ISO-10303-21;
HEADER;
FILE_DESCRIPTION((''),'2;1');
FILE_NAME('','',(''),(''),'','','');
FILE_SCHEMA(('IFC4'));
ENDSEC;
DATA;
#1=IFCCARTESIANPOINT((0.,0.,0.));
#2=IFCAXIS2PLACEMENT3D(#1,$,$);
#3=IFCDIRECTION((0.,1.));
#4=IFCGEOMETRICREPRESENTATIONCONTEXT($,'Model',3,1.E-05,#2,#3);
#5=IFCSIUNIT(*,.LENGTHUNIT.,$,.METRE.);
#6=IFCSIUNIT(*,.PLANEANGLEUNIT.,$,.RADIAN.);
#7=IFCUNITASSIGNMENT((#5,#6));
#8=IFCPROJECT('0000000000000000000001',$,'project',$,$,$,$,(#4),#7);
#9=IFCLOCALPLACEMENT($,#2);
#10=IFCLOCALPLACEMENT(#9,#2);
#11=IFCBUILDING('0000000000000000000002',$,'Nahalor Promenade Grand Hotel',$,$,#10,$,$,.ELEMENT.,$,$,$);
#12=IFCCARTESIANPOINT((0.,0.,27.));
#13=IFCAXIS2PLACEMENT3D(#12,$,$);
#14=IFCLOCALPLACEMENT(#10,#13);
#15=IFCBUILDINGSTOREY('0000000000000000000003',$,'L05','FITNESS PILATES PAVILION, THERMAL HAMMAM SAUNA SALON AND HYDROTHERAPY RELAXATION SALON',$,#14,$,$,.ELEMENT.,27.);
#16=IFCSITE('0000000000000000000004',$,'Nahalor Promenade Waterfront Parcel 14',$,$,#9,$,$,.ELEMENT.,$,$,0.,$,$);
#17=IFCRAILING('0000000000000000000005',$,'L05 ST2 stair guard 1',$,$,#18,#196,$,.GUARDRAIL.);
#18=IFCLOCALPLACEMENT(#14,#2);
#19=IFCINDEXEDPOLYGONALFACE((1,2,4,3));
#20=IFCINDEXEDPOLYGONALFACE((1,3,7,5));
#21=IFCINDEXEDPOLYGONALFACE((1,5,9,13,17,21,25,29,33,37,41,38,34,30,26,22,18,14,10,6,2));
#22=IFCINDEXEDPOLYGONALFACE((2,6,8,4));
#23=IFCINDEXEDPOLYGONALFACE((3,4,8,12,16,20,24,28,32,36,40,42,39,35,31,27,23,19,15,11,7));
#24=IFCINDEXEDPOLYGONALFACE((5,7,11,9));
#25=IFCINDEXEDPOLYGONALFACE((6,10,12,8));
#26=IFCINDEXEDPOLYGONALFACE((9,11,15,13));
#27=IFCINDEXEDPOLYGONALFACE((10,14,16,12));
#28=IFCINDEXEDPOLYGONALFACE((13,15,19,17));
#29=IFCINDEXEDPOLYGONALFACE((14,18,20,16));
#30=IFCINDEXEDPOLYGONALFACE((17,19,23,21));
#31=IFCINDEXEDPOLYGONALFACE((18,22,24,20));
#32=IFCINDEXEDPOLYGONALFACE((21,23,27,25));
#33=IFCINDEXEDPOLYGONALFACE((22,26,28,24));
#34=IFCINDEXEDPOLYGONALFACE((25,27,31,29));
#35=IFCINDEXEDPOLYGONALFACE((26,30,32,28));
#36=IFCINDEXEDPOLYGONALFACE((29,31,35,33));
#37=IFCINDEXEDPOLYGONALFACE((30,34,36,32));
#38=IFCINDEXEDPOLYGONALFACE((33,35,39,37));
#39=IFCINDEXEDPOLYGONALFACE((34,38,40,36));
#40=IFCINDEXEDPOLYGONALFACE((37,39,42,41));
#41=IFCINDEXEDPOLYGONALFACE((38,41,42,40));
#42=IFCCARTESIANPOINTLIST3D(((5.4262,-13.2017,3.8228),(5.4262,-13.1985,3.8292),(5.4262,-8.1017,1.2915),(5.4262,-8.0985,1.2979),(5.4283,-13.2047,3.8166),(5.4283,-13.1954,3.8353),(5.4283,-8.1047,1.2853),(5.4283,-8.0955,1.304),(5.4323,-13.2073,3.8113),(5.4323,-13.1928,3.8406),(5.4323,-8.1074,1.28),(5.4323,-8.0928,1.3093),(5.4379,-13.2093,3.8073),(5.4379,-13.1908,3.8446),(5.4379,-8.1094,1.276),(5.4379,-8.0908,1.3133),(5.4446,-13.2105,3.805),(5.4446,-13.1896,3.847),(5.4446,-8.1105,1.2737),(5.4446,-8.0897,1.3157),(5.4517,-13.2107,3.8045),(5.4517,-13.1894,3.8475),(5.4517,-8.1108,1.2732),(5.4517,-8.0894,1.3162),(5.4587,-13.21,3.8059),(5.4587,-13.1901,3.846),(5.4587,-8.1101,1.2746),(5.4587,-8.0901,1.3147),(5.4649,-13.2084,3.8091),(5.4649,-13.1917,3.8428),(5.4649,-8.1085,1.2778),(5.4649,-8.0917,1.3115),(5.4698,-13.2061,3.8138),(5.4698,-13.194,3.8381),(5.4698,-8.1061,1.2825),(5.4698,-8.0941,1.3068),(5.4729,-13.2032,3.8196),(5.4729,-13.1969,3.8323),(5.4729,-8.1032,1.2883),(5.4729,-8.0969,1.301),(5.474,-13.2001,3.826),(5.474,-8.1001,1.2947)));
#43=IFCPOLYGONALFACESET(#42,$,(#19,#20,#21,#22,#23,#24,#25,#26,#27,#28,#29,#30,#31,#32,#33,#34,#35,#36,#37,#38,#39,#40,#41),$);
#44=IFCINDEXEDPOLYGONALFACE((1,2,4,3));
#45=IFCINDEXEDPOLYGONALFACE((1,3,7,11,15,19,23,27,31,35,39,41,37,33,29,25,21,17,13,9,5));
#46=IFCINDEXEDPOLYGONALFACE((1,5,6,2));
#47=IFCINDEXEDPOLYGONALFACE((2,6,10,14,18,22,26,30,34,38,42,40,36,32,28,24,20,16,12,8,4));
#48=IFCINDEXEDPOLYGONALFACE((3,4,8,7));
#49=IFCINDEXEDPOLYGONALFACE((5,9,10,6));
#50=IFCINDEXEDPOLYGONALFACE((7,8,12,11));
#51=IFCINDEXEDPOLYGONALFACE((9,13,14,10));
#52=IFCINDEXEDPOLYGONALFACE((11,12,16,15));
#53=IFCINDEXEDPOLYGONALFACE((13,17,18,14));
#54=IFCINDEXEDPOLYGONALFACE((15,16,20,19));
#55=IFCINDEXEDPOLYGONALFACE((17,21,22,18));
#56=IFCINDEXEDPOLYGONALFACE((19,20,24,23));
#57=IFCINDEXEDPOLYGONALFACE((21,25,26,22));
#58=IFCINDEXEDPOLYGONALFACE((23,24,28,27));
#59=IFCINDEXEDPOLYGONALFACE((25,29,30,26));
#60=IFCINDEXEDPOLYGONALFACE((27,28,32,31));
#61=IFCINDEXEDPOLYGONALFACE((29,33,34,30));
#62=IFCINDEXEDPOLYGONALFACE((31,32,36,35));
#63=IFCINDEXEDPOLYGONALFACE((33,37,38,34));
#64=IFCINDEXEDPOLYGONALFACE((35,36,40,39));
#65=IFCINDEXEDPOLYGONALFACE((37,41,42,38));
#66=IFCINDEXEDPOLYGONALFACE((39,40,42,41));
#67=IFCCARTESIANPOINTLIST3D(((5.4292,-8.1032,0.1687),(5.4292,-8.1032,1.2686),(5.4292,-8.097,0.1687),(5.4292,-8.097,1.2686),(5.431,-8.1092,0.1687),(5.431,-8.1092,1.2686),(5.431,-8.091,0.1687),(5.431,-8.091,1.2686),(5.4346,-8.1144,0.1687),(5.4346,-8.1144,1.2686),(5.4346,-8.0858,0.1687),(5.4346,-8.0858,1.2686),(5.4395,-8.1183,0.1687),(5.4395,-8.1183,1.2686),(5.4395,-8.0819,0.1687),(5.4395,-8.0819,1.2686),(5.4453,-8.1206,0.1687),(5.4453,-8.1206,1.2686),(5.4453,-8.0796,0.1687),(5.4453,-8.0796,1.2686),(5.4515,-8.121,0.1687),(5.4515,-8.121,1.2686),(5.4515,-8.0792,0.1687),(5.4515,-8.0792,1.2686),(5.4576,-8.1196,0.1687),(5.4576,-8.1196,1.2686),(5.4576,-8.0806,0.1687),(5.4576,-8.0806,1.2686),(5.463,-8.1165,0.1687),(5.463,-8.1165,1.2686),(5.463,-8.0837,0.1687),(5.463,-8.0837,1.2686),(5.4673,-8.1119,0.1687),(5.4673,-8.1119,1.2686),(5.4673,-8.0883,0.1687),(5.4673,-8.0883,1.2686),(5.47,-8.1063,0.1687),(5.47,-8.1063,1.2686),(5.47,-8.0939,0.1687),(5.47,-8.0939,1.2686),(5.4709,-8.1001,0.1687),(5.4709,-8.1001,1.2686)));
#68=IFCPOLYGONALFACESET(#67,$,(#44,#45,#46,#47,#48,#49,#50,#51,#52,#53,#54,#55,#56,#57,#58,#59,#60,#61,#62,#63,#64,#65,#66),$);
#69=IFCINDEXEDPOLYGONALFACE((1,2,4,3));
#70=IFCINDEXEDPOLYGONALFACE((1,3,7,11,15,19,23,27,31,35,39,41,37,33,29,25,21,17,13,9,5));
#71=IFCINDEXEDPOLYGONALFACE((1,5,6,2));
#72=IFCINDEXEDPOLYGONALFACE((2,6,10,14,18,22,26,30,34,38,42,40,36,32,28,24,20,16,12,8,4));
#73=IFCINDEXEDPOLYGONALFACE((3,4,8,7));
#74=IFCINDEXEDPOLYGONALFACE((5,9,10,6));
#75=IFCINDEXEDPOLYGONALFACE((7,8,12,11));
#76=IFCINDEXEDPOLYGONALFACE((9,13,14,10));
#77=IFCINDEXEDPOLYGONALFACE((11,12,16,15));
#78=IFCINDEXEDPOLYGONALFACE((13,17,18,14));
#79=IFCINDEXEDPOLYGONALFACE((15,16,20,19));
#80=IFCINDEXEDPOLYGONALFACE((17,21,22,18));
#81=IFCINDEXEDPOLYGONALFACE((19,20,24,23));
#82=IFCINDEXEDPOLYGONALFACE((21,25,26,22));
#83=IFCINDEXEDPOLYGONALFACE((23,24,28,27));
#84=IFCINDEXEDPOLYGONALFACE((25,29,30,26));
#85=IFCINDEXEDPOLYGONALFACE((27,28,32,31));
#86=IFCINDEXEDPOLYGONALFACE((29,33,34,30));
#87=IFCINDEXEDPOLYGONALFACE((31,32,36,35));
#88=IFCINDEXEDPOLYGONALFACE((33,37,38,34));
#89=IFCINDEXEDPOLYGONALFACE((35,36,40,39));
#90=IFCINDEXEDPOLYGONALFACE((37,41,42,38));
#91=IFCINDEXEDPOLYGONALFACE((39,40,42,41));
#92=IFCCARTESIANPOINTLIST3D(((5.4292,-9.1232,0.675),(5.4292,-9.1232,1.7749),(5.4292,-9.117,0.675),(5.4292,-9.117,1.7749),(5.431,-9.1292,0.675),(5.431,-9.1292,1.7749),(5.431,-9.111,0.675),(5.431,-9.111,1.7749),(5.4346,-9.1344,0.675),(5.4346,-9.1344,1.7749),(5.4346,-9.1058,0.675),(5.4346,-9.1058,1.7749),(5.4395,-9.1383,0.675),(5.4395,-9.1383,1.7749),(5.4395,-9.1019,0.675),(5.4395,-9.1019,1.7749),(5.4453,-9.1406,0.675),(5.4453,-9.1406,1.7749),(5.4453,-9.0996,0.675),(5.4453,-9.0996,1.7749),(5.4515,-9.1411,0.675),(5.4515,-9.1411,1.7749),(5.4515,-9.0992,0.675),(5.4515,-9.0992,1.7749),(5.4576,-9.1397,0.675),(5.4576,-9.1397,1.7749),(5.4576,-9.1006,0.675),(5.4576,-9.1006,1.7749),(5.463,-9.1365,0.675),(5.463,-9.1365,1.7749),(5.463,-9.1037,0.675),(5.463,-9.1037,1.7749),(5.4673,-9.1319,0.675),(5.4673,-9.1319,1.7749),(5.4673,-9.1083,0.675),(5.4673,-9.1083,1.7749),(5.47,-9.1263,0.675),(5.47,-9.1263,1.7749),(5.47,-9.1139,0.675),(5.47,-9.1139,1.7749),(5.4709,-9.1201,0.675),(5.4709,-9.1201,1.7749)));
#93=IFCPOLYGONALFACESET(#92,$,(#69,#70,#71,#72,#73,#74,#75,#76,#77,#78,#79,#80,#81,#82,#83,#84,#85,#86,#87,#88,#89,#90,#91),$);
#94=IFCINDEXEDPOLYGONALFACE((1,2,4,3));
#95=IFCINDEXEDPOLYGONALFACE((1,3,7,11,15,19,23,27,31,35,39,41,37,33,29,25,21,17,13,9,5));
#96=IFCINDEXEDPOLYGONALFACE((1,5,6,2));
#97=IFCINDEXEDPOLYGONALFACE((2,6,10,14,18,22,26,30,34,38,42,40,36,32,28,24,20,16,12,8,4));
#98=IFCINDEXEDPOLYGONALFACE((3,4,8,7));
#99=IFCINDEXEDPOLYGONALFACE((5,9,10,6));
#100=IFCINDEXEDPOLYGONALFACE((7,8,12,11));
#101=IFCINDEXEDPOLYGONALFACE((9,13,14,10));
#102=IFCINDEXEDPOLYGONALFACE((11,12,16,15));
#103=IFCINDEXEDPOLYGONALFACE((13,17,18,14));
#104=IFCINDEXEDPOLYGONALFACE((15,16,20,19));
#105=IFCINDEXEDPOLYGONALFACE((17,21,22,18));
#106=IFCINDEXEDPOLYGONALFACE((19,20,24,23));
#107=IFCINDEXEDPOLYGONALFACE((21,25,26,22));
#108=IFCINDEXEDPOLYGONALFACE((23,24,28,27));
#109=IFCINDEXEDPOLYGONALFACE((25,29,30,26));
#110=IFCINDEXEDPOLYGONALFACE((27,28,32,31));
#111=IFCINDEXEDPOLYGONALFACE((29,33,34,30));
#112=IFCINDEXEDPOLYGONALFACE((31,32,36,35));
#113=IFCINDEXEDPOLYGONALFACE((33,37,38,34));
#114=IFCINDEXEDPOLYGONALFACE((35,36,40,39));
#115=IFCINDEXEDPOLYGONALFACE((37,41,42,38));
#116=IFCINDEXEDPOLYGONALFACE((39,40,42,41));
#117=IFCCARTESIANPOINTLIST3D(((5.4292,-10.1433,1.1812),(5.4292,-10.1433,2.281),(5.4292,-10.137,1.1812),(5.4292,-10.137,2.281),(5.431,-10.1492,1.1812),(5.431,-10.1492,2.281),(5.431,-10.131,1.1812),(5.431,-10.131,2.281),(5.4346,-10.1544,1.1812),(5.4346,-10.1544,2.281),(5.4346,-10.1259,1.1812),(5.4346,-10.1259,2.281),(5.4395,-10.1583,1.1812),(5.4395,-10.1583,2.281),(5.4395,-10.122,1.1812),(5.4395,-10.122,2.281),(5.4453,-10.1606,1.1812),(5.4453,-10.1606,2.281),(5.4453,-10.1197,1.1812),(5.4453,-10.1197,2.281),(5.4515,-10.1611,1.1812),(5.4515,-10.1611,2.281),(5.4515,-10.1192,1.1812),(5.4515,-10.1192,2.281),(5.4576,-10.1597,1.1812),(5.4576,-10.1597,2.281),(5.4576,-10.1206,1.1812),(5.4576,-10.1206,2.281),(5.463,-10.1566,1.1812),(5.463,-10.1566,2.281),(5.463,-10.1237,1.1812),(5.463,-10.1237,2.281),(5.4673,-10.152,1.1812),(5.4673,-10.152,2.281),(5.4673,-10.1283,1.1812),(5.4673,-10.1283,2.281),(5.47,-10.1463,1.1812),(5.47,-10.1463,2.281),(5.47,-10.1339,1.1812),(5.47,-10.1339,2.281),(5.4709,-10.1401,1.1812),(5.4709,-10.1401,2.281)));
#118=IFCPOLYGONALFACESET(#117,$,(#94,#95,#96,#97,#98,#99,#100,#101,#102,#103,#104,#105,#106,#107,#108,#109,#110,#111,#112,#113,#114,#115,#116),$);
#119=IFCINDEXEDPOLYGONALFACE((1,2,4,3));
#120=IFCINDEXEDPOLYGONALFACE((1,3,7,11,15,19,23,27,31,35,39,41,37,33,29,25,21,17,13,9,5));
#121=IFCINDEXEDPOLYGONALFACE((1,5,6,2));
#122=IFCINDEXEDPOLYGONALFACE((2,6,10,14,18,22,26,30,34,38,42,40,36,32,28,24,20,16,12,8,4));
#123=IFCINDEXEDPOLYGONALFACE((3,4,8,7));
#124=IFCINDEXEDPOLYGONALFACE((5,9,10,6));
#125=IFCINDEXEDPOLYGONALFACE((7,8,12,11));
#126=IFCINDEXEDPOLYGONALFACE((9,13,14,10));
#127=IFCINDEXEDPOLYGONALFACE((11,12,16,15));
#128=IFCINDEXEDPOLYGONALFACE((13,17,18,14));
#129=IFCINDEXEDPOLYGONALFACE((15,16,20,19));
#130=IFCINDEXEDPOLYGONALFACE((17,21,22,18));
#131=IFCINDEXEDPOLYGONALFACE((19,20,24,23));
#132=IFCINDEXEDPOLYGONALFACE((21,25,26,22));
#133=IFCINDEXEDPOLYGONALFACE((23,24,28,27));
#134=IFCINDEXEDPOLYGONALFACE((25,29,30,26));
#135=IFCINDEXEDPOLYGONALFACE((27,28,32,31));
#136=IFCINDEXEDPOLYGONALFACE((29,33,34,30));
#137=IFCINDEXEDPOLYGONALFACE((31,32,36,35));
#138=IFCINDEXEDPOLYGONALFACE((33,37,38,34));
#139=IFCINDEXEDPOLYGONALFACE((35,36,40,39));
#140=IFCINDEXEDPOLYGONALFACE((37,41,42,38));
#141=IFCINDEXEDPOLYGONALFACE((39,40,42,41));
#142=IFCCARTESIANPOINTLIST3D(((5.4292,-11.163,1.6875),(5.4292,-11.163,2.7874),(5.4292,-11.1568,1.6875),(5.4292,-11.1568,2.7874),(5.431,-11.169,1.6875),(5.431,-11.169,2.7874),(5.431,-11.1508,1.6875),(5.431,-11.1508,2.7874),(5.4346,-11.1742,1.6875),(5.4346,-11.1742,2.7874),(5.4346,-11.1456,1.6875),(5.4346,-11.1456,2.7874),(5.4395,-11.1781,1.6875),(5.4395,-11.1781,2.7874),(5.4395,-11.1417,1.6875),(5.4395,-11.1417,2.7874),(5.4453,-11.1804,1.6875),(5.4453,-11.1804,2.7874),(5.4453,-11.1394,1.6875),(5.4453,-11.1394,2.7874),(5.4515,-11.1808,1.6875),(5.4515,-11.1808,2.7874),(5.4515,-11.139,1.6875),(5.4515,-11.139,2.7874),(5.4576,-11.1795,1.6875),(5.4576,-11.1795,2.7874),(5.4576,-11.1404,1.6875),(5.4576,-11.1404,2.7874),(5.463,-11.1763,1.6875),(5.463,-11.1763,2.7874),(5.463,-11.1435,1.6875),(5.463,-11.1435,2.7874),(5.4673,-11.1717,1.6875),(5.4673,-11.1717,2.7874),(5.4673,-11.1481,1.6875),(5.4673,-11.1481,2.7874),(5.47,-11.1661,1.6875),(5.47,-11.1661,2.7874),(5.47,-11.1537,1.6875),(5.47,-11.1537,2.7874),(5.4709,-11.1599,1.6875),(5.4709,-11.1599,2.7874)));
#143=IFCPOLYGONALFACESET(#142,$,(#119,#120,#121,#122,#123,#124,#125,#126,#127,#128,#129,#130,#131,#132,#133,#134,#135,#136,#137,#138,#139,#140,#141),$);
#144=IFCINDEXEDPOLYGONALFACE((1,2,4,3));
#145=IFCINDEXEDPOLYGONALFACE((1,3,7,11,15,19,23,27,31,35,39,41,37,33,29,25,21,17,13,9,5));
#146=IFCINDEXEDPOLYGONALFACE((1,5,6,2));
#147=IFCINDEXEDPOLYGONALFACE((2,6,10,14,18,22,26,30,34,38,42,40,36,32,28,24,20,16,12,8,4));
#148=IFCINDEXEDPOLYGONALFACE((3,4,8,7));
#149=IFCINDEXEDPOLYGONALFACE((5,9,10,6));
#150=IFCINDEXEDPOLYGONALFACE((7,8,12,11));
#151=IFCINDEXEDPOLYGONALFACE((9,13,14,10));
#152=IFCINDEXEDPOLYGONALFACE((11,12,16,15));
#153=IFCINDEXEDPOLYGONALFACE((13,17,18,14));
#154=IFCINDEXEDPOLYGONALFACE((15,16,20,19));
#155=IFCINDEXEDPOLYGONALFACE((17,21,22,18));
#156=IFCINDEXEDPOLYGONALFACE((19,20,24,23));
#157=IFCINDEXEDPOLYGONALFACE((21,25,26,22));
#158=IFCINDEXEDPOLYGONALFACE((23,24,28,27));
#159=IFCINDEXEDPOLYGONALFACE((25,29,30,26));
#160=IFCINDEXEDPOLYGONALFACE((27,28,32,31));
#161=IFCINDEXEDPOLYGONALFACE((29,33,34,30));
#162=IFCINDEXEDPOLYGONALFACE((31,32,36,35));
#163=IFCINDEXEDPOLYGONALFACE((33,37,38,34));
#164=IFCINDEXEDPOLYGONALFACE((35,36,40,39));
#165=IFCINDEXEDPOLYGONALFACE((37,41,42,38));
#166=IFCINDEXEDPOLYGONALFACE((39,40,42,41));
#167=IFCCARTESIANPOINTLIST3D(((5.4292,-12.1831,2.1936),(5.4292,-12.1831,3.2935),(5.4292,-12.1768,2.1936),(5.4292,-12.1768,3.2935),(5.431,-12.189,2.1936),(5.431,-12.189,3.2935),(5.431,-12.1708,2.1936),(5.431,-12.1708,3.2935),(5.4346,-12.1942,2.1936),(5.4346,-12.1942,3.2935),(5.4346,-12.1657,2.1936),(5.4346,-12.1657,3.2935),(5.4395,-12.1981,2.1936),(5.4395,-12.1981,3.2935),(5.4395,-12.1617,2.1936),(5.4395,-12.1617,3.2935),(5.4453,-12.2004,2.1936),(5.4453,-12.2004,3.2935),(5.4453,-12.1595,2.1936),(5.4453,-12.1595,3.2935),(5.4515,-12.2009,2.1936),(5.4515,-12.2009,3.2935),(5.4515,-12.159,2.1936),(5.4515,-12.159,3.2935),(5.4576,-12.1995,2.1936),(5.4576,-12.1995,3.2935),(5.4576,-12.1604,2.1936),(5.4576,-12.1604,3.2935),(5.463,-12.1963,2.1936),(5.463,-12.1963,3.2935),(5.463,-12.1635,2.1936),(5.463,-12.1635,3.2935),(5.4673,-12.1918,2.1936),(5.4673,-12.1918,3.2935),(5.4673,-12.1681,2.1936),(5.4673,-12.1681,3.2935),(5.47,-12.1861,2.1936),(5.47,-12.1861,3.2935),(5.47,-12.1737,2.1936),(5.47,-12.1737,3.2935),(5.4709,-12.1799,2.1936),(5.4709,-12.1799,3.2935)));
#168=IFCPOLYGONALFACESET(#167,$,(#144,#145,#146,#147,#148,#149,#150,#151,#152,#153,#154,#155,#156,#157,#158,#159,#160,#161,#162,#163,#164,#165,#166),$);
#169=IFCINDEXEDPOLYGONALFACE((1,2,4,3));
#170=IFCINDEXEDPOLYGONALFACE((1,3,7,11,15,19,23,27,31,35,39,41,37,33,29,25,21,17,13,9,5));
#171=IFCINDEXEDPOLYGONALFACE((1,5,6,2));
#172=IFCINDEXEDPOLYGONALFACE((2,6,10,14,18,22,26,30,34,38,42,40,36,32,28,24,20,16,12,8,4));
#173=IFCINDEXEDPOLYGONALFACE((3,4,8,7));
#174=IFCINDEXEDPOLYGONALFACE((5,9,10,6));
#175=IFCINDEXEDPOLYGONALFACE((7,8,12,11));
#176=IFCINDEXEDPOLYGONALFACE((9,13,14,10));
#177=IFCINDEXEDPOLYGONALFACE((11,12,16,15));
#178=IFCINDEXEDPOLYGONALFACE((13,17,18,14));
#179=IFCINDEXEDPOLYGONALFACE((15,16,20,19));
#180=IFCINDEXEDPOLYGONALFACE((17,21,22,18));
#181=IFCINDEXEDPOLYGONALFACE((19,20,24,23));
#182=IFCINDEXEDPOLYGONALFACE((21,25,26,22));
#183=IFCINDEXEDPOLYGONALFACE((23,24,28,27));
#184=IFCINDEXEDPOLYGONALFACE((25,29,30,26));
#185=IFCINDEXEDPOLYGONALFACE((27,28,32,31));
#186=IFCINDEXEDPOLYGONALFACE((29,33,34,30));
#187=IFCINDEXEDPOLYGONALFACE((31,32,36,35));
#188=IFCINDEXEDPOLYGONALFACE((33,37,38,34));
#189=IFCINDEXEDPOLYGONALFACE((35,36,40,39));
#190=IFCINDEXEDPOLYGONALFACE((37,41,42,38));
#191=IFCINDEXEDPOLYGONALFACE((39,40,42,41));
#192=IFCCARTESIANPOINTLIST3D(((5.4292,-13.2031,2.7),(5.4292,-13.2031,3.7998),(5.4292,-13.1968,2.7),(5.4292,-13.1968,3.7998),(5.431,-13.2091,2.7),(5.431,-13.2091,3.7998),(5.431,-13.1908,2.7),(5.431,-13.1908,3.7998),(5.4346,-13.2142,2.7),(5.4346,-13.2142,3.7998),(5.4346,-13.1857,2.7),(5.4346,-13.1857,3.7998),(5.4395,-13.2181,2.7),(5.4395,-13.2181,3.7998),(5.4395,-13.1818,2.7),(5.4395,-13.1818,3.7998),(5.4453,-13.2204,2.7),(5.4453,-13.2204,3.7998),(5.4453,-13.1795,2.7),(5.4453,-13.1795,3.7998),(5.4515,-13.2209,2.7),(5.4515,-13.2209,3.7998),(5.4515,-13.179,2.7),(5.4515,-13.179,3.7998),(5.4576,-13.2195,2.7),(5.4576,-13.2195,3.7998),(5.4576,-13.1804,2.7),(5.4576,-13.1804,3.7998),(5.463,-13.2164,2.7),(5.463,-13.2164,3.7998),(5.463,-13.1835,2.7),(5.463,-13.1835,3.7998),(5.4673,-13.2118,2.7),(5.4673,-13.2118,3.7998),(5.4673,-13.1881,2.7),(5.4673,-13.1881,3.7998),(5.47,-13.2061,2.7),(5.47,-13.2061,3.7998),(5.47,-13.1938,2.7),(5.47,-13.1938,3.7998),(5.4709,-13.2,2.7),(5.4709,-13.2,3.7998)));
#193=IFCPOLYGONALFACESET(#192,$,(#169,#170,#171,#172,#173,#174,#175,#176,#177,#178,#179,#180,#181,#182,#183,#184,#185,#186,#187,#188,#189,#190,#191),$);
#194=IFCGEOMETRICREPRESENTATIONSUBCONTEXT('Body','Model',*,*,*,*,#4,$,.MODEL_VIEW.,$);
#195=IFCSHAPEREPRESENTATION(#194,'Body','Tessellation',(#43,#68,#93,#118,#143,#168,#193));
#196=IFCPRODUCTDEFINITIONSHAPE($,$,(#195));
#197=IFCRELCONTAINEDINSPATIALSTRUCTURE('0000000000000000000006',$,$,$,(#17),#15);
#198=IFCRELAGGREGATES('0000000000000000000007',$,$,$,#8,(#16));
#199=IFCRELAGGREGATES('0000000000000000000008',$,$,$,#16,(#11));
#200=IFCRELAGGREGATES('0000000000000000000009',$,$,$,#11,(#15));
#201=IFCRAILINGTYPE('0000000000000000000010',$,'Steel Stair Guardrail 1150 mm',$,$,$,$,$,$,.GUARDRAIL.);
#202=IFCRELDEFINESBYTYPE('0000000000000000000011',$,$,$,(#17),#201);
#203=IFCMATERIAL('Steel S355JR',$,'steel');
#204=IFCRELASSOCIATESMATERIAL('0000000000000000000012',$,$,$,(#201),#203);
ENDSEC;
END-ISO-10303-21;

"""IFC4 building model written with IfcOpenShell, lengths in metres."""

from ifc_helpers import new_model, si_unit, direction, frame, origin, origin_2d, place, context, subcontext, project, spatial, circle, extrude, material, type_object, element, save


model = new_model("IFC4")

# Units and contexts
model_context = context("Model", 3, precision=1e-05, world=origin(), true_north=direction((0.0, 1.0)))
body_context = subcontext(model_context, "Body", "Model", "MODEL_VIEW")
ifc_project = project(units=[si_unit("LENGTHUNIT", "METRE"), si_unit("PLANEANGLEUNIT", "RADIAN")], contexts=[model_context])

# Site, building, storey
site_placement = place(None, origin())
site = spatial("IfcSite", under=ifc_project, at=site_placement, Name="Nahalor Promenade Waterfront Parcel 14", CompositionType="ELEMENT", RefElevation=0.0)
building_placement = place(site_placement, origin())
building = spatial("IfcBuilding", under=site, at=building_placement, Name="Nahalor Promenade Grand Hotel", CompositionType="ELEMENT")
storey_placement = place(building_placement, frame((0.0, 0.0, 27.0)))
storey = spatial("IfcBuildingStorey", under=building, at=storey_placement, Name="L05", Description="FITNESS PILATES PAVILION, THERMAL HAMMAM SAUNA SALON AND HYDROTHERAPY RELAXATION SALON", CompositionType="ELEMENT", Elevation=27.0)

# Shared definitions
ifc_material_1 = material(Name="Steel S355JR", Category="steel")

# Railing
railing_type_1 = type_object("IfcRailingType", Name="Steel Stair Guardrail 1150 mm", PredefinedType="GUARDRAIL", material=ifc_material_1)
railing_1_placement = place(storey_placement, frame((5.45, -8.1001, 0.1687)))
element("IfcRailing", 1, at=railing_1_placement, inside=storey, type_object=railing_type_1, Name="L05 ST2 stair guard 1", PredefinedType="GUARDRAIL", context=body_context, shape_type="SweptSolid", body=[
    extrude(circle(Radius=0.024, at=origin_2d()), frame((0.0, 0.0, 1.126), z_axis=(0.0, -0.895735, 0.444587), x_axis=(1.0, 0.0, 0.0)), (0.0, 0.0, 1.0), 5.6936),
    extrude(circle(Radius=0.021, at=origin_2d()), origin(), (0.0, 0.0, 1.0), 1.0999),
    extrude(circle(Radius=0.021, at=origin_2d()), frame((0.0, -1.02, 0.5063)), (0.0, 0.0, 1.0), 1.0999),
    extrude(circle(Radius=0.021, at=origin_2d()), frame((0.0, -2.04, 1.0125)), (0.0, 0.0, 1.0), 1.0999),
    extrude(circle(Radius=0.021, at=origin_2d()), frame((0.0, -3.0598, 1.5188)), (0.0, 0.0, 1.0), 1.0999),
    extrude(circle(Radius=0.021, at=origin_2d()), frame((0.0, -4.0798, 2.0249)), (0.0, 0.0, 1.0), 1.0999),
    extrude(circle(Radius=0.021, at=origin_2d()), frame((0.0, -5.0999, 2.5312)), (0.0, 0.0, 1.0), 1.0999),
])

save(model, "model.ifc")
